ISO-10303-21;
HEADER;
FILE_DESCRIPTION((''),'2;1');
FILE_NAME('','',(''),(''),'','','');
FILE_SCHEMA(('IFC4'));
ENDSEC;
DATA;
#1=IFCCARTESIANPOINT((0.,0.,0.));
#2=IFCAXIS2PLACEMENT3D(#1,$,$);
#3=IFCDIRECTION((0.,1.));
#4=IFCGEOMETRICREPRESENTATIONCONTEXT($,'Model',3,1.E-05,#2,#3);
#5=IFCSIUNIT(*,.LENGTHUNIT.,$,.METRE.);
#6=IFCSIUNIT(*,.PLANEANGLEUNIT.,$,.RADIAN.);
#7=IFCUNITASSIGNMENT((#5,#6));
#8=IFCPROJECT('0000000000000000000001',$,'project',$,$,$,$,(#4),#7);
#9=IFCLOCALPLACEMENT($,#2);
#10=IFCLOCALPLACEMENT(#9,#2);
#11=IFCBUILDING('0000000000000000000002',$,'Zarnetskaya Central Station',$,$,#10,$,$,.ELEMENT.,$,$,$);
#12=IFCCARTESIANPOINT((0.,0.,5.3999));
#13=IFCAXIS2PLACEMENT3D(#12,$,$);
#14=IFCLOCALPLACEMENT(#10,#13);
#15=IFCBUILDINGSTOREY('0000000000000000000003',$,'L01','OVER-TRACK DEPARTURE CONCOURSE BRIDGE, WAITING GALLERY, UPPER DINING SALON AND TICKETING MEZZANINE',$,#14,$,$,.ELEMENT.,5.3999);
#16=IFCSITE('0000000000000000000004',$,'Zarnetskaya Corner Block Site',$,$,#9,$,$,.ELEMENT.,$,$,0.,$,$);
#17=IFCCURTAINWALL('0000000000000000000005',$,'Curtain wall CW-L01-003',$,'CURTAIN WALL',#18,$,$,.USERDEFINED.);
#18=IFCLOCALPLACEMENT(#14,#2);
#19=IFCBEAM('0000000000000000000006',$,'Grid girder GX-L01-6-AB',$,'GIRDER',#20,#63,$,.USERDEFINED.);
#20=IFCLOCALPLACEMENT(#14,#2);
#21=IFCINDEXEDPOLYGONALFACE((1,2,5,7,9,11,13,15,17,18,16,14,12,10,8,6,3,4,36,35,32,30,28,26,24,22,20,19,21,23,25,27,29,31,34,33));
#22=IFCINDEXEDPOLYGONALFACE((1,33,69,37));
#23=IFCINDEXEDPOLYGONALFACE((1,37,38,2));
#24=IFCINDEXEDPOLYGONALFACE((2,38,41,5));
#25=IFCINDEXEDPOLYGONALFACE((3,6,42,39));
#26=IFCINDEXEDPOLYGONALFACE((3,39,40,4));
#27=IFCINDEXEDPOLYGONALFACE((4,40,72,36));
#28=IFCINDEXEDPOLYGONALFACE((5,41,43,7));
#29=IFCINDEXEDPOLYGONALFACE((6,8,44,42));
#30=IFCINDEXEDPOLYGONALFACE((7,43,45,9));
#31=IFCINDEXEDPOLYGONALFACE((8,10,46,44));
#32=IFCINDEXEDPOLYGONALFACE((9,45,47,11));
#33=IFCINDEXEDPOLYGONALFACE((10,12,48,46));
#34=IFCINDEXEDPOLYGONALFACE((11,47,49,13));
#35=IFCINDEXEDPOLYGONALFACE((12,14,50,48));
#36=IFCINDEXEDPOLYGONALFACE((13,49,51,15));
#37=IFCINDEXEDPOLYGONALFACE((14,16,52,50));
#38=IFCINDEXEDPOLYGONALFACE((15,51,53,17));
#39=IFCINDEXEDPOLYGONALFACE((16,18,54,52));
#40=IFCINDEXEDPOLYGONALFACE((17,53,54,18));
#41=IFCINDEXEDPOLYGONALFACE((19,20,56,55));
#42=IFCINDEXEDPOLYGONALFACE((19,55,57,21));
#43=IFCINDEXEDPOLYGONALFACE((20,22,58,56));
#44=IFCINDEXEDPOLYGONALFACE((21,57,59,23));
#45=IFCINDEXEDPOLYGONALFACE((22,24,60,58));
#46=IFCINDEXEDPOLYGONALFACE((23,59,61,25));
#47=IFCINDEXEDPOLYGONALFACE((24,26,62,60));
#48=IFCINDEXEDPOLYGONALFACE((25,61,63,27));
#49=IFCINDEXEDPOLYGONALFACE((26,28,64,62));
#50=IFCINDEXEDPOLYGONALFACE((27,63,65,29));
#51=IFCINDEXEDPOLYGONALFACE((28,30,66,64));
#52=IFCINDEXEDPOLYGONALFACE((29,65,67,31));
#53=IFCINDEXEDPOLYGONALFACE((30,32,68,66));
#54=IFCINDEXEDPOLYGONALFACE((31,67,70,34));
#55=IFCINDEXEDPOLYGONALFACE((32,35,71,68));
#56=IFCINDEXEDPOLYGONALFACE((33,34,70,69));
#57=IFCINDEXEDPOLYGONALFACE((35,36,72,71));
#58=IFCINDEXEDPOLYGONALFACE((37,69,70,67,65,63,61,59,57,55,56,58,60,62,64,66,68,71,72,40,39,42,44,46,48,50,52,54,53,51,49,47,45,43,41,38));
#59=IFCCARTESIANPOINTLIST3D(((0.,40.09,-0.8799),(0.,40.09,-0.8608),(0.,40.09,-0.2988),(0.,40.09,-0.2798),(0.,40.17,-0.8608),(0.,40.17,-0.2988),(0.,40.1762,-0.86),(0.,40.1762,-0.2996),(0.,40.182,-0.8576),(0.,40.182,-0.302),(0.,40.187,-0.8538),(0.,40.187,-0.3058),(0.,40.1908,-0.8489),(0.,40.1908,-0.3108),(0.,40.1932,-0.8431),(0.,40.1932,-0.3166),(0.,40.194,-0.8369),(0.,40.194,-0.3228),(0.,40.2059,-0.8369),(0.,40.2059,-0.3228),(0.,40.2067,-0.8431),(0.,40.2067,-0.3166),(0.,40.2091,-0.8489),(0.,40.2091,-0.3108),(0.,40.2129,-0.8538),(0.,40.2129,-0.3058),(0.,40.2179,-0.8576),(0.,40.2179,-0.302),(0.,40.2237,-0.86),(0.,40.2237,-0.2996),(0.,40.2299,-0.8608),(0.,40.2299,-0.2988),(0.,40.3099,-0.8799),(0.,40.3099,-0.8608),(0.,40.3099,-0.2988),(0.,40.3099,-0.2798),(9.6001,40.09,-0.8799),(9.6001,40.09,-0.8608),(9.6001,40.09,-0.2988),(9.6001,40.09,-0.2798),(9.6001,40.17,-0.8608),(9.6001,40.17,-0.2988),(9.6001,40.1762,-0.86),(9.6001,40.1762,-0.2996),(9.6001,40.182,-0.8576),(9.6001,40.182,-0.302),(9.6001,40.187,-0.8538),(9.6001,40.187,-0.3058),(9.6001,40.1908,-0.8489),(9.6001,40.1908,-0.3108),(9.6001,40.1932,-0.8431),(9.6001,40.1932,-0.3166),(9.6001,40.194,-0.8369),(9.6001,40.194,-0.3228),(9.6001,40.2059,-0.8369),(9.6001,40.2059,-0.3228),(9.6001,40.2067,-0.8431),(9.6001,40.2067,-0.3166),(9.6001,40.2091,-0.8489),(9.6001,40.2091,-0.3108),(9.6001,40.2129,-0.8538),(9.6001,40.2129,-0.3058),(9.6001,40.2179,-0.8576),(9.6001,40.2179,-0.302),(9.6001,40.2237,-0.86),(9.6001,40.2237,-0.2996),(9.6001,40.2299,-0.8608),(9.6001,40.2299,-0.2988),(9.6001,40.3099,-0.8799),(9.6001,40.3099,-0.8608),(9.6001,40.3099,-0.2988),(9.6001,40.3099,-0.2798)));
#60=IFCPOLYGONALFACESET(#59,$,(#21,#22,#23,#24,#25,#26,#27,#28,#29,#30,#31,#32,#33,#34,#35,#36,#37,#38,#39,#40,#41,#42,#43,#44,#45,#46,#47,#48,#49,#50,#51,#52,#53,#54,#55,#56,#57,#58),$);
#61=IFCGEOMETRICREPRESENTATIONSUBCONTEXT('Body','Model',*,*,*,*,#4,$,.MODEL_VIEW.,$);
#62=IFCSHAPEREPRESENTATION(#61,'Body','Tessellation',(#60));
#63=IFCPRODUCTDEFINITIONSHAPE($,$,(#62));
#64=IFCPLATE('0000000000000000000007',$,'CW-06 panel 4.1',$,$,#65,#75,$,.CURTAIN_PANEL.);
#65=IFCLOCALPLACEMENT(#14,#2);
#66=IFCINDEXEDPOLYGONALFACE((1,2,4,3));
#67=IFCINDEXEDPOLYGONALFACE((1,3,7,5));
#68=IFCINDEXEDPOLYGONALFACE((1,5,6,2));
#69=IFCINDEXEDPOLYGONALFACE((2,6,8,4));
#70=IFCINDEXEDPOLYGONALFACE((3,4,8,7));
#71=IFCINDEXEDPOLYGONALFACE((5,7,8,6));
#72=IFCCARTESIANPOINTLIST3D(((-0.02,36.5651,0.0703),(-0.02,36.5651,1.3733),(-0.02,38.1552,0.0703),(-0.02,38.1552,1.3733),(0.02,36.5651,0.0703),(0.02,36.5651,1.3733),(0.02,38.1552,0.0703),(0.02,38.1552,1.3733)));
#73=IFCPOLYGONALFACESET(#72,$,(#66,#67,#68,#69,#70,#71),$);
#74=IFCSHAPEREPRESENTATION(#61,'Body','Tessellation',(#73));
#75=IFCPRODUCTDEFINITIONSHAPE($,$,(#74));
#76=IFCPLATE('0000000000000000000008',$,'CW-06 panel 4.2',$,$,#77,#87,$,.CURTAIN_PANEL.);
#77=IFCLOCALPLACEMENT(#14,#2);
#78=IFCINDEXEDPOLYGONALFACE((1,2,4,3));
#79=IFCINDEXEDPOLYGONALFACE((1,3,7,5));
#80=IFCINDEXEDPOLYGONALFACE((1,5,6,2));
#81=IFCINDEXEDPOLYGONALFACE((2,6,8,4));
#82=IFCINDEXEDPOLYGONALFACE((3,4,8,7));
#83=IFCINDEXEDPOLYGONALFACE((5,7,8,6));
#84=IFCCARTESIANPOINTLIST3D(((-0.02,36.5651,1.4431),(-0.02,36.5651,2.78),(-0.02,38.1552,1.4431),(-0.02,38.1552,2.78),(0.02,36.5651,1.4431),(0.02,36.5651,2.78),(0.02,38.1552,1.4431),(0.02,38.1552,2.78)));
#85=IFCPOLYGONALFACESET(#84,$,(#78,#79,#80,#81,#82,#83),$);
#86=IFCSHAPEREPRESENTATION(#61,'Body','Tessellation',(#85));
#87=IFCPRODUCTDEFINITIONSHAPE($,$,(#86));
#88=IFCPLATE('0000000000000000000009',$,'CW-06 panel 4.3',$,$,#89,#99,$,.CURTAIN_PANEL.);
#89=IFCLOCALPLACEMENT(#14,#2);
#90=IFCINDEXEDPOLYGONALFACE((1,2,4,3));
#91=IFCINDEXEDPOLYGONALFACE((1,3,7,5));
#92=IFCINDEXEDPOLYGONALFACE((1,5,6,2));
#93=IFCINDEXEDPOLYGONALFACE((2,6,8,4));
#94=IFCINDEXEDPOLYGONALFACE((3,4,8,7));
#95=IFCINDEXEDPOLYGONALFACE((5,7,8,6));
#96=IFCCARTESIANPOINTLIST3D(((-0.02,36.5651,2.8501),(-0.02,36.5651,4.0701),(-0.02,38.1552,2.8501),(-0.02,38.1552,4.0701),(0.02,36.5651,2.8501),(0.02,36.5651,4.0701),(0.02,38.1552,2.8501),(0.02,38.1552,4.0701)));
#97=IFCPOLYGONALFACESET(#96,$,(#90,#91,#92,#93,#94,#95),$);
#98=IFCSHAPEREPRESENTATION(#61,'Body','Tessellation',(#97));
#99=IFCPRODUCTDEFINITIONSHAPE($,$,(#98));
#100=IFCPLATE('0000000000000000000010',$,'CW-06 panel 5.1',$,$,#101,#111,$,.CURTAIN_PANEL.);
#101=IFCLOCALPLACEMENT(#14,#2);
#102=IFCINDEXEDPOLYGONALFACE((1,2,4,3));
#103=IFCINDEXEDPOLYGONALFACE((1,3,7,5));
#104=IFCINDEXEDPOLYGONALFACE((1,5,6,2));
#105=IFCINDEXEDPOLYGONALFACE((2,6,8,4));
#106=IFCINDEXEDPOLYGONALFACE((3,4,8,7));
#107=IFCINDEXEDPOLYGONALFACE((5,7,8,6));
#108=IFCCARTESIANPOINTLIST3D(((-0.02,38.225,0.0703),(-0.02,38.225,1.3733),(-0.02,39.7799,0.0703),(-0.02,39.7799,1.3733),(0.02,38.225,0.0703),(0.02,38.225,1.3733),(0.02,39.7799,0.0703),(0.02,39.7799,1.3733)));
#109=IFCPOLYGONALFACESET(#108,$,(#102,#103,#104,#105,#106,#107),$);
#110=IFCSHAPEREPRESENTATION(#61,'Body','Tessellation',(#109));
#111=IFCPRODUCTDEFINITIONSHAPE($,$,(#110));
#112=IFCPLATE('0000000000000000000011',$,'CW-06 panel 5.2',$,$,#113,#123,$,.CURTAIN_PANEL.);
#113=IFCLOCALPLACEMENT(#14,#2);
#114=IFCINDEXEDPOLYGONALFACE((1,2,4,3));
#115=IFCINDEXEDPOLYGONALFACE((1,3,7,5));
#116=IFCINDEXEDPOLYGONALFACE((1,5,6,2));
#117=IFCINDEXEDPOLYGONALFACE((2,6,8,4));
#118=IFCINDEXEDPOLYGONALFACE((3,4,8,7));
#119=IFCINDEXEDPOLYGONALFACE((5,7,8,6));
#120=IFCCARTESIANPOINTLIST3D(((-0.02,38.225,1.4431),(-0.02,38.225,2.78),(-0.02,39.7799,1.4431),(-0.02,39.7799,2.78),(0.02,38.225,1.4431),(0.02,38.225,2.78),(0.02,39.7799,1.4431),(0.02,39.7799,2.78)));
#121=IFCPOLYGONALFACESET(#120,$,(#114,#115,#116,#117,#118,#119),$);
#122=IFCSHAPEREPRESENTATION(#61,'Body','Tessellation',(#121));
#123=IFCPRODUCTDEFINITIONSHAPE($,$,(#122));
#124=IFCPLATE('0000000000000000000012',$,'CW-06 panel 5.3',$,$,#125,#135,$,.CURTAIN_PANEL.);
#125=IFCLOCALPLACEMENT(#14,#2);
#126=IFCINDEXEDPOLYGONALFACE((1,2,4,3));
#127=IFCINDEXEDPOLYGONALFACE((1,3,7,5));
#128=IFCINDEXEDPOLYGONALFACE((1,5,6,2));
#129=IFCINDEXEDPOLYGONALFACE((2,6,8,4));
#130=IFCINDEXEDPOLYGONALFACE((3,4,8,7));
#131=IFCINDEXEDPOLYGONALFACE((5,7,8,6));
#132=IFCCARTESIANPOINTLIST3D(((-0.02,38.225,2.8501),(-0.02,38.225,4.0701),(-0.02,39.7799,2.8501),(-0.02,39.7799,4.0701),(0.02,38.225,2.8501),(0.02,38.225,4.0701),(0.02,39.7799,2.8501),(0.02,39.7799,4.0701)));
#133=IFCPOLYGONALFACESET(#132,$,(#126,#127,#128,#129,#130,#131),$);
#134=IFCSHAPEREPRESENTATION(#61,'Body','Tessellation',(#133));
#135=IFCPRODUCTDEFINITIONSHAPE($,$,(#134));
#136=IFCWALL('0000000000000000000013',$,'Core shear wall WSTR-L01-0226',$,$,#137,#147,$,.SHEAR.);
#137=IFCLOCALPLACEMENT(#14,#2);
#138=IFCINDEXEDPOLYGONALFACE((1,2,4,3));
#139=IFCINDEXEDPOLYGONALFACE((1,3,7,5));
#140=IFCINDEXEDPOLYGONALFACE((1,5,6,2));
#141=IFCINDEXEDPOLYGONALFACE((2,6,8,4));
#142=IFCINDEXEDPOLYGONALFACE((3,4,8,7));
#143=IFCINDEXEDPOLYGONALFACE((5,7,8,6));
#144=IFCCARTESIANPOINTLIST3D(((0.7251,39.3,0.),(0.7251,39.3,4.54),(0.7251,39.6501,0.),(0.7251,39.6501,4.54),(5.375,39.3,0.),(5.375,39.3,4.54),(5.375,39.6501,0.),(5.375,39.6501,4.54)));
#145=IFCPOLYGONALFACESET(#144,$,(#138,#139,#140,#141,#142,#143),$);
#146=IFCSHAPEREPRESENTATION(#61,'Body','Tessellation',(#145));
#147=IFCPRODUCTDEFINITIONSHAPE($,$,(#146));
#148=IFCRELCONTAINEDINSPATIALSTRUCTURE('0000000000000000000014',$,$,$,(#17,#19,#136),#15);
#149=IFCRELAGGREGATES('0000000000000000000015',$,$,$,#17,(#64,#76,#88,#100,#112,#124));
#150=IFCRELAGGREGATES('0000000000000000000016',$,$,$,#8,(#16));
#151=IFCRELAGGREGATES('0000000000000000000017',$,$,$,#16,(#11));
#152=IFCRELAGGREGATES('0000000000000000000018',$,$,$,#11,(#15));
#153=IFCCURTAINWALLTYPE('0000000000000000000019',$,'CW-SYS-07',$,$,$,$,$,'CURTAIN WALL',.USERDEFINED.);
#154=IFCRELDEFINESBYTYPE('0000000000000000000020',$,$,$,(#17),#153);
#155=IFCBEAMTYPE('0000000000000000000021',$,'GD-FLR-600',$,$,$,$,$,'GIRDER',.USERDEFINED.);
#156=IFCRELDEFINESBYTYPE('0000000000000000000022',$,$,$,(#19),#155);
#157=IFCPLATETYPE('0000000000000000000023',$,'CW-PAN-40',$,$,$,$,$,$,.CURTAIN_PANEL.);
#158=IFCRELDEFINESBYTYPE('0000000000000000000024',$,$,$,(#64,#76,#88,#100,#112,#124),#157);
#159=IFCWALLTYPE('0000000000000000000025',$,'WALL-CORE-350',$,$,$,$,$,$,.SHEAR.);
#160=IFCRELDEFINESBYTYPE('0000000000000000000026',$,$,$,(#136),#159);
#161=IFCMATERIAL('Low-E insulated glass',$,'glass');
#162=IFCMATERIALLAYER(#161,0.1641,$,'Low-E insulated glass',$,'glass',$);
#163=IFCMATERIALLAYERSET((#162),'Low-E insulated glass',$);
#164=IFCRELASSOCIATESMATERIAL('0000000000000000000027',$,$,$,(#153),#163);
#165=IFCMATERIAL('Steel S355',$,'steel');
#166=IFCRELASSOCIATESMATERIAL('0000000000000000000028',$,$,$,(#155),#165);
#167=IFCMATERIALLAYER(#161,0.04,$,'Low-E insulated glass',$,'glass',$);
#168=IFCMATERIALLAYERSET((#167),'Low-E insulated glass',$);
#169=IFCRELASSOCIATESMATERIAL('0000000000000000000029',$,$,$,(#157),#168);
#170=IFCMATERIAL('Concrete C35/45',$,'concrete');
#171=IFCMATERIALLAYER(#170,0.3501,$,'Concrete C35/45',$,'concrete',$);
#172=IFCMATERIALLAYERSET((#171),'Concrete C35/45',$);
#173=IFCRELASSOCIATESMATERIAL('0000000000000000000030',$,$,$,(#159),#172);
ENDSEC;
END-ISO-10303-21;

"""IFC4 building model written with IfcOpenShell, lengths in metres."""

from ifc_helpers import new_model, si_unit, direction, frame, frame_2d, origin, origin_2d, place, context, subcontext, project, spatial, rectangle, i_section, extrude, material, layer, layer_set, material_profile, profile_set, type_object, element, aggregate, save


model = new_model("IFC4")

# Units and contexts
model_context = context("Model", 3, precision=1e-05, world=origin(), true_north=direction((0.0, 1.0)))
body_context = subcontext(model_context, "Body", "Model", "MODEL_VIEW")
ifc_project = project(units=[si_unit("LENGTHUNIT", "METRE"), si_unit("PLANEANGLEUNIT", "RADIAN")], contexts=[model_context])

# Site, building, storey
site_placement = place(None, origin())
site = spatial("IfcSite", under=ifc_project, at=site_placement, Name="Zarnetskaya Corner Block Site", CompositionType="ELEMENT", RefElevation=0.0)
building_placement = place(site_placement, origin())
building = spatial("IfcBuilding", under=site, at=building_placement, Name="Zarnetskaya Central Station", CompositionType="ELEMENT")
storey_placement = place(building_placement, frame((0.0, 0.0, 5.3999)))
storey = spatial("IfcBuildingStorey", under=building, at=storey_placement, Name="L01", Description="OVER-TRACK DEPARTURE CONCOURSE BRIDGE, WAITING GALLERY, UPPER DINING SALON AND TICKETING MEZZANINE", CompositionType="ELEMENT", Elevation=5.3999)

# Shared definitions
ifc_material_1 = material(Name="Steel S355", Category="steel")

# Curtain wall
ifc_material_2 = material(Name="Low-E insulated glass", Category="glass")
ifc_layer_1 = layer(ifc_material_2, 0.1641, Name="Low-E insulated glass", Category="glass")
ifc_layer_set_1 = layer_set([ifc_layer_1], Name="Low-E insulated glass")
curtain_wall_type = type_object("IfcCurtainWallType", Name="CW-SYS-07", ElementType="CURTAIN WALL", PredefinedType="USERDEFINED", material=ifc_layer_set_1)
curtain_wall_placement = place(storey_placement, origin())
curtain_wall = element("IfcCurtainWall", 1, at=curtain_wall_placement, inside=storey, type_object=curtain_wall_type, Name="Curtain wall CW-L01-003", ObjectType="CURTAIN WALL", PredefinedType="USERDEFINED")

# Beam
ifc_material_profile_1 = material_profile(ifc_material_1, i_section(OverallWidth=0.22, OverallDepth=0.6001, WebThickness=0.012, FlangeThickness=0.019, FilletRadius=0.0239, at=origin_2d()), Name="IPE 600")
ifc_profile_set_1 = profile_set([ifc_material_profile_1], Name="Steel S355")
beam_type_1 = type_object("IfcBeamType", Name="GD-FLR-600", ElementType="GIRDER", PredefinedType="USERDEFINED", material=ifc_profile_set_1)
beam_1_placement = place(storey_placement, frame((0.0, 40.2, -0.5798), z_axis=(1.0, 0.0, 0.0), x_axis=(0.0, 1.0, 0.0)))
element("IfcBeam", 2, at=beam_1_placement, inside=storey, type_object=beam_type_1, Name="Grid girder GX-L01-6-AB", ObjectType="GIRDER", PredefinedType="USERDEFINED", context=body_context, shape_type="SweptSolid", body=[
    extrude(i_section(OverallWidth=0.22, OverallDepth=0.6001, WebThickness=0.012, FlangeThickness=0.019, FilletRadius=0.0239, at=origin_2d()), origin(), (0.0, 0.0, 1.0), 9.6001),
])

# Plates
ifc_layer_2 = layer(ifc_material_2, 0.04, Name="Low-E insulated glass", Category="glass")
ifc_layer_set_2 = layer_set([ifc_layer_2], Name="Low-E insulated glass")
plate_type = type_object("IfcPlateType", Name="CW-PAN-40", PredefinedType="CURTAIN_PANEL", material=ifc_layer_set_2)
plate_1_placement = place(storey_placement, frame((0.0, 37.3601, 0.0703), z_axis=(0.0, 0.0, 1.0), x_axis=(0.0, 1.0, 0.0)))
plate_1 = element("IfcPlate", 3, at=plate_1_placement, type_object=plate_type, Name="CW-06 panel 4.1", PredefinedType="CURTAIN_PANEL", context=body_context, shape_type="SweptSolid", body=[
    extrude(rectangle(XDim=1.5901, YDim=0.04, at=origin_2d()), origin(), (0.0, 0.0, 1.0), 1.303),
])
plate_2_placement = place(storey_placement, frame((0.0, 37.3601, 1.4431), z_axis=(0.0, 0.0, 1.0), x_axis=(0.0, 1.0, 0.0)))
plate_2 = element("IfcPlate", 4, at=plate_2_placement, type_object=plate_type, Name="CW-06 panel 4.2", PredefinedType="CURTAIN_PANEL", context=body_context, shape_type="SweptSolid", body=[
    extrude(rectangle(XDim=1.5901, YDim=0.04, at=origin_2d()), origin(), (0.0, 0.0, 1.0), 1.3369),
])
plate_3_placement = place(storey_placement, frame((0.0, 37.3601, 2.8501), z_axis=(0.0, 0.0, 1.0), x_axis=(0.0, 1.0, 0.0)))
plate_3 = element("IfcPlate", 5, at=plate_3_placement, type_object=plate_type, Name="CW-06 panel 4.3", PredefinedType="CURTAIN_PANEL", context=body_context, shape_type="SweptSolid", body=[
    extrude(rectangle(XDim=1.5901, YDim=0.04, at=origin_2d()), origin(), (0.0, 0.0, 1.0), 1.22),
])
plate_4_placement = place(storey_placement, frame((0.0, 39.0024, 0.0703), z_axis=(0.0, 0.0, 1.0), x_axis=(0.0, 1.0, 0.0)))
plate_4 = element("IfcPlate", 6, at=plate_4_placement, type_object=plate_type, Name="CW-06 panel 5.1", PredefinedType="CURTAIN_PANEL", context=body_context, shape_type="SweptSolid", body=[
    extrude(rectangle(XDim=1.5549, YDim=0.04, at=origin_2d()), origin(), (0.0, 0.0, 1.0), 1.303),
])
plate_5_placement = place(storey_placement, frame((0.0, 39.0024, 1.4431), z_axis=(0.0, 0.0, 1.0), x_axis=(0.0, 1.0, 0.0)))
plate_5 = element("IfcPlate", 7, at=plate_5_placement, type_object=plate_type, Name="CW-06 panel 5.2", PredefinedType="CURTAIN_PANEL", context=body_context, shape_type="SweptSolid", body=[
    extrude(rectangle(XDim=1.5549, YDim=0.04, at=origin_2d()), origin(), (0.0, 0.0, 1.0), 1.3369),
])
plate_6_placement = place(storey_placement, frame((0.0, 39.0024, 2.8501), z_axis=(0.0, 0.0, 1.0), x_axis=(0.0, 1.0, 0.0)))
plate_6 = element("IfcPlate", 8, at=plate_6_placement, type_object=plate_type, Name="CW-06 panel 5.3", PredefinedType="CURTAIN_PANEL", context=body_context, shape_type="SweptSolid", body=[
    extrude(rectangle(XDim=1.5549, YDim=0.04, at=origin_2d()), origin(), (0.0, 0.0, 1.0), 1.22),
])
aggregate(curtain_wall, [plate_1, plate_2, plate_3, plate_4, plate_5, plate_6])

# Wall
ifc_material_3 = material(Name="Concrete C35/45", Category="concrete")
ifc_layer_3 = layer(ifc_material_3, 0.3501, Name="Concrete C35/45", Category="concrete")
ifc_layer_set_3 = layer_set([ifc_layer_3], Name="Concrete C35/45")
wall_type_1 = type_object("IfcWallType", Name="WALL-CORE-350", PredefinedType="SHEAR", material=ifc_layer_set_3)
wall_1_placement = place(storey_placement, frame((0.7251, 39.4751, 0.0), z_axis=(0.0, 0.0, 1.0), x_axis=(1.0, 0.0, 0.0)))
element("IfcWall", 9, at=wall_1_placement, inside=storey, type_object=wall_type_1, Name="Core shear wall WSTR-L01-0226", PredefinedType="SHEAR", context=body_context, shape_type="SweptSolid", body=[
    extrude(rectangle(XDim=4.6499, YDim=0.3501, at=frame_2d((2.325, 0.0))), origin(), (0.0, 0.0, 1.0), 4.54),
])

save(model, "model.ifc")
